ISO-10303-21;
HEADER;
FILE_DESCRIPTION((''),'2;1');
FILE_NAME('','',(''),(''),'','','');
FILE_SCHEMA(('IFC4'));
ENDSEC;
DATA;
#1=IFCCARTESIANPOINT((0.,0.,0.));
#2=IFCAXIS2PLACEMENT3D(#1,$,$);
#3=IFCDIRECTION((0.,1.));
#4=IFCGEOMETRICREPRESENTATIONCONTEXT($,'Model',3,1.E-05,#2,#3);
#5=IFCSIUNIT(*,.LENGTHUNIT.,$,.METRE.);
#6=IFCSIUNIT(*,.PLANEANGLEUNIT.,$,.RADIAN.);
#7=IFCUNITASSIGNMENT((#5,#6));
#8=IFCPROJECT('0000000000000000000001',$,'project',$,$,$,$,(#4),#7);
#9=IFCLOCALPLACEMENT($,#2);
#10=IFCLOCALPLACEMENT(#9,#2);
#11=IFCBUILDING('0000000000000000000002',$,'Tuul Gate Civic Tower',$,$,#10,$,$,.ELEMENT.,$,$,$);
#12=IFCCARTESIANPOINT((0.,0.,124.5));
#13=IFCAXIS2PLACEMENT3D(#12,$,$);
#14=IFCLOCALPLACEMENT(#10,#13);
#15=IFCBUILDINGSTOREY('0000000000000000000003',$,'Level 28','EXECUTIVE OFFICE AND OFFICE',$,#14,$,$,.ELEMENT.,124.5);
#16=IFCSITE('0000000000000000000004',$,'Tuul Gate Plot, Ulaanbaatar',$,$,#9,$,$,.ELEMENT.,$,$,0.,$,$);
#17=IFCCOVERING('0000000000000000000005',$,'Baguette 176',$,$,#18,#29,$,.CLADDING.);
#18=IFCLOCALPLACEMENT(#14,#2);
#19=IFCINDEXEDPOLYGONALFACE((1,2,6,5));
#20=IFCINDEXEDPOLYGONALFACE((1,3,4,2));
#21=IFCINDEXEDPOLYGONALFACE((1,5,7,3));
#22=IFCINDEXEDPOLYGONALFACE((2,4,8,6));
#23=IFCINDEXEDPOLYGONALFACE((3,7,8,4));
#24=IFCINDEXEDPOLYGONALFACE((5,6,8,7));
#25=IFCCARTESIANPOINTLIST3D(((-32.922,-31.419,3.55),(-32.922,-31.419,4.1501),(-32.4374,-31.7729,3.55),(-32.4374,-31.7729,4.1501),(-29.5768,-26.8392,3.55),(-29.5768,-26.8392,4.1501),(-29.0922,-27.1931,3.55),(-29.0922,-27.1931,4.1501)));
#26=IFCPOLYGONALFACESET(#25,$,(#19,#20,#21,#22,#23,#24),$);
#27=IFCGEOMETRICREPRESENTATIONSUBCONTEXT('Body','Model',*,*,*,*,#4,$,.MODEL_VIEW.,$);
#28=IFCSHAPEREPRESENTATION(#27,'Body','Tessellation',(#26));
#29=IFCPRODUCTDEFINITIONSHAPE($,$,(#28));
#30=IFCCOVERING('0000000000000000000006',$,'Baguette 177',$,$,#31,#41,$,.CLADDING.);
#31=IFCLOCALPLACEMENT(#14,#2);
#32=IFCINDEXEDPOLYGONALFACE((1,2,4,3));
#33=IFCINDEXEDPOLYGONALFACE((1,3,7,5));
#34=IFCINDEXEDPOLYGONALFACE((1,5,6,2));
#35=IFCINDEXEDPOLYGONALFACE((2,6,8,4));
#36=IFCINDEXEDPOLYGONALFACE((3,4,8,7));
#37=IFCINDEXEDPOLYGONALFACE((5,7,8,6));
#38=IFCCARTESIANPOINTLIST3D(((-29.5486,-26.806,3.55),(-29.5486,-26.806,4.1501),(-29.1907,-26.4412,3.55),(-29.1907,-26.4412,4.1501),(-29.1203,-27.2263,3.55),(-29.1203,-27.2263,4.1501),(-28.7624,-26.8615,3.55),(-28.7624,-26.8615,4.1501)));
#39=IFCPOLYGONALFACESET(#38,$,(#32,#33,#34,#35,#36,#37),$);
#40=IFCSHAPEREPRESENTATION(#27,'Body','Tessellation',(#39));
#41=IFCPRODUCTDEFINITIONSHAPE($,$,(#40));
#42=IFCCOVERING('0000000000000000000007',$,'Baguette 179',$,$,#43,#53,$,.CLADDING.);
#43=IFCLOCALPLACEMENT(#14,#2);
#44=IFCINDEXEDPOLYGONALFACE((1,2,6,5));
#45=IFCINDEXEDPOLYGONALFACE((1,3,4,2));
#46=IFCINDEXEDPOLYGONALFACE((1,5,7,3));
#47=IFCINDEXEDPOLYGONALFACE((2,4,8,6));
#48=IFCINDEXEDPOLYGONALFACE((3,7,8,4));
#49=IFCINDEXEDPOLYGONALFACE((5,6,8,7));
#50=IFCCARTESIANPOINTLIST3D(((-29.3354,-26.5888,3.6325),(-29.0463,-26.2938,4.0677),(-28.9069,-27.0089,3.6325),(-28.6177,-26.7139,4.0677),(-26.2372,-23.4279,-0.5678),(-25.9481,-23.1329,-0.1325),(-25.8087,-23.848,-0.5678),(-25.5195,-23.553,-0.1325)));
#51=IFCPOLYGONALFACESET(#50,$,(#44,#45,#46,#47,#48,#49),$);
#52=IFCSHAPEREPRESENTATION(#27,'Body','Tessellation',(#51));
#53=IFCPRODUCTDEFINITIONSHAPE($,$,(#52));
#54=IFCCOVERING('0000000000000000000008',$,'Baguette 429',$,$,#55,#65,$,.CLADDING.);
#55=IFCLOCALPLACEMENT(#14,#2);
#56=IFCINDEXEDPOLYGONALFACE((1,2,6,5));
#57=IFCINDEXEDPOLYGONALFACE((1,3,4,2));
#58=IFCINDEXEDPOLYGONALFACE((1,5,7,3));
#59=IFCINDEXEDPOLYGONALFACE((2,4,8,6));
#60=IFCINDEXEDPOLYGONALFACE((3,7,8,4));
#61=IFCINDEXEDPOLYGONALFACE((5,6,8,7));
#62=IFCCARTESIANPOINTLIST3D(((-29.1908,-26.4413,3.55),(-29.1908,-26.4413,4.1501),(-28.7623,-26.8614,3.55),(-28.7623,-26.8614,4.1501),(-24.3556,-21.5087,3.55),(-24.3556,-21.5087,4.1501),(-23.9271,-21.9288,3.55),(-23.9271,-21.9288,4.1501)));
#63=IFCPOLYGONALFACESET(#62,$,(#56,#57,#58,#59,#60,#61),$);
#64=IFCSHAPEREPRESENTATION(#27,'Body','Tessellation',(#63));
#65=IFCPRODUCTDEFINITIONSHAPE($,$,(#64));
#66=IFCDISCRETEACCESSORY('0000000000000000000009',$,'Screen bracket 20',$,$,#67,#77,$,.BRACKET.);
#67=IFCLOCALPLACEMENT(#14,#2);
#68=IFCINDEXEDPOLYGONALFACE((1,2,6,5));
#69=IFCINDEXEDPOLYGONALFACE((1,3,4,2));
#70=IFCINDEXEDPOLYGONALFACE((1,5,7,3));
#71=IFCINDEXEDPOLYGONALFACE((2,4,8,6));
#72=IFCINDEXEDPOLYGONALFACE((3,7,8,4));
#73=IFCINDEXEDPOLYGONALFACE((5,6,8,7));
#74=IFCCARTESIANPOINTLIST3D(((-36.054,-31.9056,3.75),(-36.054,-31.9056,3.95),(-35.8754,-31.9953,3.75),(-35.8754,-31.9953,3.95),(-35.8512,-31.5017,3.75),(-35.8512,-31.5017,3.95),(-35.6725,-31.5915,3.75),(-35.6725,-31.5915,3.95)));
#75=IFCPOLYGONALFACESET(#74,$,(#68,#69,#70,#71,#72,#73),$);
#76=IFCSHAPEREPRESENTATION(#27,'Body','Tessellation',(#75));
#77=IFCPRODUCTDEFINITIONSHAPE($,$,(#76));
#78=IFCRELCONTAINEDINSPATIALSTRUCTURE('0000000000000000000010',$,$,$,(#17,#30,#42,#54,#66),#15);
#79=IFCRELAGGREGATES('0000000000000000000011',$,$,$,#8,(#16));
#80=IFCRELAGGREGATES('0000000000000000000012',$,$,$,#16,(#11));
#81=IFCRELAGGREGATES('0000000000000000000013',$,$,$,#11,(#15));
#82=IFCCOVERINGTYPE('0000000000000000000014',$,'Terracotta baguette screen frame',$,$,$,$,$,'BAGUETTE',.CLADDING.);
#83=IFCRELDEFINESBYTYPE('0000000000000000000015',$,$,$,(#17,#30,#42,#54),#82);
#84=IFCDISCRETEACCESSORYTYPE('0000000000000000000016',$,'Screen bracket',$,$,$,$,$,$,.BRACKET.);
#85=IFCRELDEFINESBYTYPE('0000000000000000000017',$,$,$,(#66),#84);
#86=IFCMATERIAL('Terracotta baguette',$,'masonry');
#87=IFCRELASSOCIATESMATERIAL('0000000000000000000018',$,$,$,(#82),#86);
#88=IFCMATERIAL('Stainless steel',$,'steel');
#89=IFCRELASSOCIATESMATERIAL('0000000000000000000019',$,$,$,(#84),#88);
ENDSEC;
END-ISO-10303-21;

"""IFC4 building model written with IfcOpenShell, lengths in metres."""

from ifc_helpers import new_model, si_unit, direction, frame, origin, origin_2d, place, context, subcontext, project, spatial, rectangle, extrude, material, material_profile, profile_set, type_object, element, save


model = new_model("IFC4")

# Units and contexts
model_context = context("Model", 3, precision=1e-05, world=origin(), true_north=direction((0.0, 1.0)))
body_context = subcontext(model_context, "Body", "Model", "MODEL_VIEW")
ifc_project = project(units=[si_unit("LENGTHUNIT", "METRE"), si_unit("PLANEANGLEUNIT", "RADIAN")], contexts=[model_context])

# Site, building, storey
site_placement = place(None, origin())
site = spatial("IfcSite", under=ifc_project, at=site_placement, Name="Tuul Gate Plot, Ulaanbaatar", CompositionType="ELEMENT", RefElevation=0.0)
building_placement = place(site_placement, origin())
building = spatial("IfcBuilding", under=site, at=building_placement, Name="Tuul Gate Civic Tower", CompositionType="ELEMENT")
storey_placement = place(building_placement, frame((0.0, 0.0, 124.5)))
storey = spatial("IfcBuildingStorey", under=building, at=storey_placement, Name="Level 28", Description="EXECUTIVE OFFICE AND OFFICE", CompositionType="ELEMENT", Elevation=124.5)

# Coverings
ifc_material_1 = material(Name="Terracotta baguette", Category="masonry")
ifc_material_profile_1 = material_profile(ifc_material_1, rectangle(XDim=0.6001, YDim=0.6001, at=origin_2d()), Name="Terracotta baguette screen frame")
ifc_profile_set_1 = profile_set([ifc_material_profile_1], Name="Terracotta baguette")
covering_type = type_object("IfcCoveringType", Name="Terracotta baguette screen frame", ElementType="BAGUETTE", PredefinedType="CLADDING", material=ifc_profile_set_1)
covering_1_placement = place(storey_placement, frame((-32.6797, -31.5959, 3.8501), z_axis=(0.589834, 0.807524, 0.0), x_axis=(-0.807524, 0.589834, 0.0)))
element("IfcCovering", 1, at=covering_1_placement, inside=storey, type_object=covering_type, Name="Baguette 176", PredefinedType="CLADDING", context=body_context, shape_type="SweptSolid", body=[
    extrude(rectangle(XDim=0.6001, YDim=0.6001, at=origin_2d()), origin(), (0.0, 0.0, 1.0), 5.6714),
])
covering_2_placement = place(storey_placement, frame((-29.3345, -27.0161, 3.8501), z_axis=(0.700387, 0.713764, 0.0), x_axis=(-0.713764, 0.700387, 0.0)))
element("IfcCovering", 2, at=covering_2_placement, inside=storey, type_object=covering_type, Name="Baguette 177", PredefinedType="CLADDING", context=body_context, shape_type="SweptSolid", body=[
    extrude(rectangle(XDim=0.6001, YDim=0.6001, at=origin_2d()), origin(), (0.0, 0.0, 1.0), 0.511),
])
covering_3_placement = place(storey_placement, frame((-28.9766, -26.6514, 3.8501), z_axis=(0.507747, 0.51803, -0.688359), x_axis=(-0.714159, 0.699983, 0.0)))
element("IfcCovering", 3, at=covering_3_placement, inside=storey, type_object=covering_type, Name="Baguette 179", PredefinedType="CLADDING", context=body_context, shape_type="SweptSolid", body=[
    extrude(rectangle(XDim=0.6001, YDim=0.6001, at=origin_2d()), origin(), (0.0, 0.0, 1.0), 6.1018),
])
covering_4_placement = place(storey_placement, frame((-28.9766, -26.6514, 3.8501), z_axis=(0.70002, 0.714123, 0.0), x_axis=(-0.714123, 0.70002, 0.0)))
element("IfcCovering", 4, at=covering_4_placement, inside=storey, type_object=covering_type, Name="Baguette 429", PredefinedType="CLADDING", context=body_context, shape_type="SweptSolid", body=[
    extrude(rectangle(XDim=0.6001, YDim=0.6001, at=origin_2d()), origin(), (0.0, 0.0, 1.0), 6.9072),
])

# Discrete accessory
ifc_material_2 = material(Name="Stainless steel", Category="steel")
discrete_accessory_type = type_object("IfcDiscreteAccessoryType", Name="Screen bracket", PredefinedType="BRACKET", material=ifc_material_2)
discrete_accessory_placement = place(storey_placement, frame((-35.8633, -31.7485, 3.75), z_axis=(0.0, 0.0, 1.0), x_axis=(-0.448836, -0.893614, 0.0)))
element("IfcDiscreteAccessory", 5, at=discrete_accessory_placement, inside=storey, type_object=discrete_accessory_type, Name="Screen bracket 20", PredefinedType="BRACKET", context=body_context, shape_type="SweptSolid", body=[
    extrude(rectangle(XDim=0.4519, YDim=0.2, at=origin_2d()), origin(), (0.0, 0.0, 1.0), 0.2),
])

save(model, "model.ifc")
